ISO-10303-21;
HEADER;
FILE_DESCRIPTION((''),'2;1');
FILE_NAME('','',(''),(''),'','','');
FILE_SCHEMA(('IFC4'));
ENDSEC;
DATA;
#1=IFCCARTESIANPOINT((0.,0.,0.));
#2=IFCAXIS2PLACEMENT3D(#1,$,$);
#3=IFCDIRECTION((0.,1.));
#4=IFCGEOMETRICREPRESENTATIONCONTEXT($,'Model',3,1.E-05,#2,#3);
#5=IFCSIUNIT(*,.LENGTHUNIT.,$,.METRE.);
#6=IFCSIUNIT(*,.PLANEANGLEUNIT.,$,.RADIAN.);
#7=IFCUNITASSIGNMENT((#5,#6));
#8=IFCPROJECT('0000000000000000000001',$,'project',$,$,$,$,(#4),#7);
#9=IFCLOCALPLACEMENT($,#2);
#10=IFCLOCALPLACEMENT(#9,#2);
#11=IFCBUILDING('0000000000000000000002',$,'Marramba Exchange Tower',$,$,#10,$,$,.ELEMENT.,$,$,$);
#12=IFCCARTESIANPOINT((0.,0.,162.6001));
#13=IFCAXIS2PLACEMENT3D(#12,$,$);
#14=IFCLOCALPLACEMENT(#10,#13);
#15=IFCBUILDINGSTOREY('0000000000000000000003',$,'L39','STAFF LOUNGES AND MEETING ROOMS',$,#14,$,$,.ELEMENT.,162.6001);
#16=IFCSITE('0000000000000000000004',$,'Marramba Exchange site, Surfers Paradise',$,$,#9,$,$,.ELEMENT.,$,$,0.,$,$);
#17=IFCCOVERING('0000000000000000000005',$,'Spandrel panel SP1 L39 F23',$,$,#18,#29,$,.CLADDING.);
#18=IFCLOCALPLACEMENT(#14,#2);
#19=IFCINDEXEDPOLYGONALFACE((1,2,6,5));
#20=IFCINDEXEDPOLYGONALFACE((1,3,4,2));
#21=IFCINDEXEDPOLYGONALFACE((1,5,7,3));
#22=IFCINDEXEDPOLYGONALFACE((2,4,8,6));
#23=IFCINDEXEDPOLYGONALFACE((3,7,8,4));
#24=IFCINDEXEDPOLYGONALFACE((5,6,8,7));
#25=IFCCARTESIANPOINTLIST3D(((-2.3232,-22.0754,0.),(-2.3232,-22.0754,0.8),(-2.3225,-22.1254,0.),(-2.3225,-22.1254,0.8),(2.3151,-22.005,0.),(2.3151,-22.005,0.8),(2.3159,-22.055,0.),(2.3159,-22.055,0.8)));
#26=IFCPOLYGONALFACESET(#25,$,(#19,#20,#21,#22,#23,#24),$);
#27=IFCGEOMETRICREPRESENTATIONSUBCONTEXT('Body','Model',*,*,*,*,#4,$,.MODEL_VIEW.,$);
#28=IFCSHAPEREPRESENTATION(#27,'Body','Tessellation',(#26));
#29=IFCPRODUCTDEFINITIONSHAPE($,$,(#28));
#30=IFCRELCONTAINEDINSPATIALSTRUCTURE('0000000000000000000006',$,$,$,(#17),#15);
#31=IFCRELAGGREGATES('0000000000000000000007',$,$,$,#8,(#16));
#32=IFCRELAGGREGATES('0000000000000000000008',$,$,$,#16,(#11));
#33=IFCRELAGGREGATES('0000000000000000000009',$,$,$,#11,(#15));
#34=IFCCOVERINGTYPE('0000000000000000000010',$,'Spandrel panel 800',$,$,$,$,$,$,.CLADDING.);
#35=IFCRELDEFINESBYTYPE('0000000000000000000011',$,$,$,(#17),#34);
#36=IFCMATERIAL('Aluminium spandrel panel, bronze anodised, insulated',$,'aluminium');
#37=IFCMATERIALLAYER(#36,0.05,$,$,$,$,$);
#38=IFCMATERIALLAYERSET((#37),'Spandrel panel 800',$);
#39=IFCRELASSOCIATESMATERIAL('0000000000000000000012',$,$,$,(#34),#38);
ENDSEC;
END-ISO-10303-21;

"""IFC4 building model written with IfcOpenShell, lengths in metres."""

from ifc_helpers import new_model, si_unit, direction, frame, origin, origin_2d, place, context, subcontext, project, spatial, rectangle, extrude, material, layer, layer_set, type_object, element, save


model = new_model("IFC4")

# Units and contexts
model_context = context("Model", 3, precision=1e-05, world=origin(), true_north=direction((0.0, 1.0)))
body_context = subcontext(model_context, "Body", "Model", "MODEL_VIEW")
ifc_project = project(units=[si_unit("LENGTHUNIT", "METRE"), si_unit("PLANEANGLEUNIT", "RADIAN")], contexts=[model_context])

# Site, building, storey
site_placement = place(None, origin())
site = spatial("IfcSite", under=ifc_project, at=site_placement, Name="Marramba Exchange site, Surfers Paradise", CompositionType="ELEMENT", RefElevation=0.0)
building_placement = place(site_placement, origin())
building = spatial("IfcBuilding", under=site, at=building_placement, Name="Marramba Exchange Tower", CompositionType="ELEMENT")
storey_placement = place(building_placement, frame((0.0, 0.0, 162.6001)))
storey = spatial("IfcBuildingStorey", under=building, at=storey_placement, Name="L39", Description="STAFF LOUNGES AND MEETING ROOMS", CompositionType="ELEMENT", Elevation=162.6001)

# Covering
ifc_material_1 = material(Name="Aluminium spandrel panel, bronze anodised, insulated", Category="aluminium")
ifc_layer_1 = layer(ifc_material_1, 0.05)
ifc_layer_set_1 = layer_set([ifc_layer_1], Name="Spandrel panel 800")
covering_type = type_object("IfcCoveringType", Name="Spandrel panel 800", PredefinedType="CLADDING", material=ifc_layer_set_1)
covering_1_placement = place(storey_placement, frame((-0.0037, -22.0652, 0.0), z_axis=(0.0, 0.0, 1.0), x_axis=(0.999885, 0.015179, 0.0)))
element("IfcCovering", 1, at=covering_1_placement, inside=storey, type_object=covering_type, Name="Spandrel panel SP1 L39 F23", PredefinedType="CLADDING", context=body_context, shape_type="SweptSolid", body=[
    extrude(rectangle(XDim=4.6389, YDim=0.05, at=origin_2d()), origin(), (0.0, 0.0, 1.0), 0.8),
])

save(model, "model.ifc")
